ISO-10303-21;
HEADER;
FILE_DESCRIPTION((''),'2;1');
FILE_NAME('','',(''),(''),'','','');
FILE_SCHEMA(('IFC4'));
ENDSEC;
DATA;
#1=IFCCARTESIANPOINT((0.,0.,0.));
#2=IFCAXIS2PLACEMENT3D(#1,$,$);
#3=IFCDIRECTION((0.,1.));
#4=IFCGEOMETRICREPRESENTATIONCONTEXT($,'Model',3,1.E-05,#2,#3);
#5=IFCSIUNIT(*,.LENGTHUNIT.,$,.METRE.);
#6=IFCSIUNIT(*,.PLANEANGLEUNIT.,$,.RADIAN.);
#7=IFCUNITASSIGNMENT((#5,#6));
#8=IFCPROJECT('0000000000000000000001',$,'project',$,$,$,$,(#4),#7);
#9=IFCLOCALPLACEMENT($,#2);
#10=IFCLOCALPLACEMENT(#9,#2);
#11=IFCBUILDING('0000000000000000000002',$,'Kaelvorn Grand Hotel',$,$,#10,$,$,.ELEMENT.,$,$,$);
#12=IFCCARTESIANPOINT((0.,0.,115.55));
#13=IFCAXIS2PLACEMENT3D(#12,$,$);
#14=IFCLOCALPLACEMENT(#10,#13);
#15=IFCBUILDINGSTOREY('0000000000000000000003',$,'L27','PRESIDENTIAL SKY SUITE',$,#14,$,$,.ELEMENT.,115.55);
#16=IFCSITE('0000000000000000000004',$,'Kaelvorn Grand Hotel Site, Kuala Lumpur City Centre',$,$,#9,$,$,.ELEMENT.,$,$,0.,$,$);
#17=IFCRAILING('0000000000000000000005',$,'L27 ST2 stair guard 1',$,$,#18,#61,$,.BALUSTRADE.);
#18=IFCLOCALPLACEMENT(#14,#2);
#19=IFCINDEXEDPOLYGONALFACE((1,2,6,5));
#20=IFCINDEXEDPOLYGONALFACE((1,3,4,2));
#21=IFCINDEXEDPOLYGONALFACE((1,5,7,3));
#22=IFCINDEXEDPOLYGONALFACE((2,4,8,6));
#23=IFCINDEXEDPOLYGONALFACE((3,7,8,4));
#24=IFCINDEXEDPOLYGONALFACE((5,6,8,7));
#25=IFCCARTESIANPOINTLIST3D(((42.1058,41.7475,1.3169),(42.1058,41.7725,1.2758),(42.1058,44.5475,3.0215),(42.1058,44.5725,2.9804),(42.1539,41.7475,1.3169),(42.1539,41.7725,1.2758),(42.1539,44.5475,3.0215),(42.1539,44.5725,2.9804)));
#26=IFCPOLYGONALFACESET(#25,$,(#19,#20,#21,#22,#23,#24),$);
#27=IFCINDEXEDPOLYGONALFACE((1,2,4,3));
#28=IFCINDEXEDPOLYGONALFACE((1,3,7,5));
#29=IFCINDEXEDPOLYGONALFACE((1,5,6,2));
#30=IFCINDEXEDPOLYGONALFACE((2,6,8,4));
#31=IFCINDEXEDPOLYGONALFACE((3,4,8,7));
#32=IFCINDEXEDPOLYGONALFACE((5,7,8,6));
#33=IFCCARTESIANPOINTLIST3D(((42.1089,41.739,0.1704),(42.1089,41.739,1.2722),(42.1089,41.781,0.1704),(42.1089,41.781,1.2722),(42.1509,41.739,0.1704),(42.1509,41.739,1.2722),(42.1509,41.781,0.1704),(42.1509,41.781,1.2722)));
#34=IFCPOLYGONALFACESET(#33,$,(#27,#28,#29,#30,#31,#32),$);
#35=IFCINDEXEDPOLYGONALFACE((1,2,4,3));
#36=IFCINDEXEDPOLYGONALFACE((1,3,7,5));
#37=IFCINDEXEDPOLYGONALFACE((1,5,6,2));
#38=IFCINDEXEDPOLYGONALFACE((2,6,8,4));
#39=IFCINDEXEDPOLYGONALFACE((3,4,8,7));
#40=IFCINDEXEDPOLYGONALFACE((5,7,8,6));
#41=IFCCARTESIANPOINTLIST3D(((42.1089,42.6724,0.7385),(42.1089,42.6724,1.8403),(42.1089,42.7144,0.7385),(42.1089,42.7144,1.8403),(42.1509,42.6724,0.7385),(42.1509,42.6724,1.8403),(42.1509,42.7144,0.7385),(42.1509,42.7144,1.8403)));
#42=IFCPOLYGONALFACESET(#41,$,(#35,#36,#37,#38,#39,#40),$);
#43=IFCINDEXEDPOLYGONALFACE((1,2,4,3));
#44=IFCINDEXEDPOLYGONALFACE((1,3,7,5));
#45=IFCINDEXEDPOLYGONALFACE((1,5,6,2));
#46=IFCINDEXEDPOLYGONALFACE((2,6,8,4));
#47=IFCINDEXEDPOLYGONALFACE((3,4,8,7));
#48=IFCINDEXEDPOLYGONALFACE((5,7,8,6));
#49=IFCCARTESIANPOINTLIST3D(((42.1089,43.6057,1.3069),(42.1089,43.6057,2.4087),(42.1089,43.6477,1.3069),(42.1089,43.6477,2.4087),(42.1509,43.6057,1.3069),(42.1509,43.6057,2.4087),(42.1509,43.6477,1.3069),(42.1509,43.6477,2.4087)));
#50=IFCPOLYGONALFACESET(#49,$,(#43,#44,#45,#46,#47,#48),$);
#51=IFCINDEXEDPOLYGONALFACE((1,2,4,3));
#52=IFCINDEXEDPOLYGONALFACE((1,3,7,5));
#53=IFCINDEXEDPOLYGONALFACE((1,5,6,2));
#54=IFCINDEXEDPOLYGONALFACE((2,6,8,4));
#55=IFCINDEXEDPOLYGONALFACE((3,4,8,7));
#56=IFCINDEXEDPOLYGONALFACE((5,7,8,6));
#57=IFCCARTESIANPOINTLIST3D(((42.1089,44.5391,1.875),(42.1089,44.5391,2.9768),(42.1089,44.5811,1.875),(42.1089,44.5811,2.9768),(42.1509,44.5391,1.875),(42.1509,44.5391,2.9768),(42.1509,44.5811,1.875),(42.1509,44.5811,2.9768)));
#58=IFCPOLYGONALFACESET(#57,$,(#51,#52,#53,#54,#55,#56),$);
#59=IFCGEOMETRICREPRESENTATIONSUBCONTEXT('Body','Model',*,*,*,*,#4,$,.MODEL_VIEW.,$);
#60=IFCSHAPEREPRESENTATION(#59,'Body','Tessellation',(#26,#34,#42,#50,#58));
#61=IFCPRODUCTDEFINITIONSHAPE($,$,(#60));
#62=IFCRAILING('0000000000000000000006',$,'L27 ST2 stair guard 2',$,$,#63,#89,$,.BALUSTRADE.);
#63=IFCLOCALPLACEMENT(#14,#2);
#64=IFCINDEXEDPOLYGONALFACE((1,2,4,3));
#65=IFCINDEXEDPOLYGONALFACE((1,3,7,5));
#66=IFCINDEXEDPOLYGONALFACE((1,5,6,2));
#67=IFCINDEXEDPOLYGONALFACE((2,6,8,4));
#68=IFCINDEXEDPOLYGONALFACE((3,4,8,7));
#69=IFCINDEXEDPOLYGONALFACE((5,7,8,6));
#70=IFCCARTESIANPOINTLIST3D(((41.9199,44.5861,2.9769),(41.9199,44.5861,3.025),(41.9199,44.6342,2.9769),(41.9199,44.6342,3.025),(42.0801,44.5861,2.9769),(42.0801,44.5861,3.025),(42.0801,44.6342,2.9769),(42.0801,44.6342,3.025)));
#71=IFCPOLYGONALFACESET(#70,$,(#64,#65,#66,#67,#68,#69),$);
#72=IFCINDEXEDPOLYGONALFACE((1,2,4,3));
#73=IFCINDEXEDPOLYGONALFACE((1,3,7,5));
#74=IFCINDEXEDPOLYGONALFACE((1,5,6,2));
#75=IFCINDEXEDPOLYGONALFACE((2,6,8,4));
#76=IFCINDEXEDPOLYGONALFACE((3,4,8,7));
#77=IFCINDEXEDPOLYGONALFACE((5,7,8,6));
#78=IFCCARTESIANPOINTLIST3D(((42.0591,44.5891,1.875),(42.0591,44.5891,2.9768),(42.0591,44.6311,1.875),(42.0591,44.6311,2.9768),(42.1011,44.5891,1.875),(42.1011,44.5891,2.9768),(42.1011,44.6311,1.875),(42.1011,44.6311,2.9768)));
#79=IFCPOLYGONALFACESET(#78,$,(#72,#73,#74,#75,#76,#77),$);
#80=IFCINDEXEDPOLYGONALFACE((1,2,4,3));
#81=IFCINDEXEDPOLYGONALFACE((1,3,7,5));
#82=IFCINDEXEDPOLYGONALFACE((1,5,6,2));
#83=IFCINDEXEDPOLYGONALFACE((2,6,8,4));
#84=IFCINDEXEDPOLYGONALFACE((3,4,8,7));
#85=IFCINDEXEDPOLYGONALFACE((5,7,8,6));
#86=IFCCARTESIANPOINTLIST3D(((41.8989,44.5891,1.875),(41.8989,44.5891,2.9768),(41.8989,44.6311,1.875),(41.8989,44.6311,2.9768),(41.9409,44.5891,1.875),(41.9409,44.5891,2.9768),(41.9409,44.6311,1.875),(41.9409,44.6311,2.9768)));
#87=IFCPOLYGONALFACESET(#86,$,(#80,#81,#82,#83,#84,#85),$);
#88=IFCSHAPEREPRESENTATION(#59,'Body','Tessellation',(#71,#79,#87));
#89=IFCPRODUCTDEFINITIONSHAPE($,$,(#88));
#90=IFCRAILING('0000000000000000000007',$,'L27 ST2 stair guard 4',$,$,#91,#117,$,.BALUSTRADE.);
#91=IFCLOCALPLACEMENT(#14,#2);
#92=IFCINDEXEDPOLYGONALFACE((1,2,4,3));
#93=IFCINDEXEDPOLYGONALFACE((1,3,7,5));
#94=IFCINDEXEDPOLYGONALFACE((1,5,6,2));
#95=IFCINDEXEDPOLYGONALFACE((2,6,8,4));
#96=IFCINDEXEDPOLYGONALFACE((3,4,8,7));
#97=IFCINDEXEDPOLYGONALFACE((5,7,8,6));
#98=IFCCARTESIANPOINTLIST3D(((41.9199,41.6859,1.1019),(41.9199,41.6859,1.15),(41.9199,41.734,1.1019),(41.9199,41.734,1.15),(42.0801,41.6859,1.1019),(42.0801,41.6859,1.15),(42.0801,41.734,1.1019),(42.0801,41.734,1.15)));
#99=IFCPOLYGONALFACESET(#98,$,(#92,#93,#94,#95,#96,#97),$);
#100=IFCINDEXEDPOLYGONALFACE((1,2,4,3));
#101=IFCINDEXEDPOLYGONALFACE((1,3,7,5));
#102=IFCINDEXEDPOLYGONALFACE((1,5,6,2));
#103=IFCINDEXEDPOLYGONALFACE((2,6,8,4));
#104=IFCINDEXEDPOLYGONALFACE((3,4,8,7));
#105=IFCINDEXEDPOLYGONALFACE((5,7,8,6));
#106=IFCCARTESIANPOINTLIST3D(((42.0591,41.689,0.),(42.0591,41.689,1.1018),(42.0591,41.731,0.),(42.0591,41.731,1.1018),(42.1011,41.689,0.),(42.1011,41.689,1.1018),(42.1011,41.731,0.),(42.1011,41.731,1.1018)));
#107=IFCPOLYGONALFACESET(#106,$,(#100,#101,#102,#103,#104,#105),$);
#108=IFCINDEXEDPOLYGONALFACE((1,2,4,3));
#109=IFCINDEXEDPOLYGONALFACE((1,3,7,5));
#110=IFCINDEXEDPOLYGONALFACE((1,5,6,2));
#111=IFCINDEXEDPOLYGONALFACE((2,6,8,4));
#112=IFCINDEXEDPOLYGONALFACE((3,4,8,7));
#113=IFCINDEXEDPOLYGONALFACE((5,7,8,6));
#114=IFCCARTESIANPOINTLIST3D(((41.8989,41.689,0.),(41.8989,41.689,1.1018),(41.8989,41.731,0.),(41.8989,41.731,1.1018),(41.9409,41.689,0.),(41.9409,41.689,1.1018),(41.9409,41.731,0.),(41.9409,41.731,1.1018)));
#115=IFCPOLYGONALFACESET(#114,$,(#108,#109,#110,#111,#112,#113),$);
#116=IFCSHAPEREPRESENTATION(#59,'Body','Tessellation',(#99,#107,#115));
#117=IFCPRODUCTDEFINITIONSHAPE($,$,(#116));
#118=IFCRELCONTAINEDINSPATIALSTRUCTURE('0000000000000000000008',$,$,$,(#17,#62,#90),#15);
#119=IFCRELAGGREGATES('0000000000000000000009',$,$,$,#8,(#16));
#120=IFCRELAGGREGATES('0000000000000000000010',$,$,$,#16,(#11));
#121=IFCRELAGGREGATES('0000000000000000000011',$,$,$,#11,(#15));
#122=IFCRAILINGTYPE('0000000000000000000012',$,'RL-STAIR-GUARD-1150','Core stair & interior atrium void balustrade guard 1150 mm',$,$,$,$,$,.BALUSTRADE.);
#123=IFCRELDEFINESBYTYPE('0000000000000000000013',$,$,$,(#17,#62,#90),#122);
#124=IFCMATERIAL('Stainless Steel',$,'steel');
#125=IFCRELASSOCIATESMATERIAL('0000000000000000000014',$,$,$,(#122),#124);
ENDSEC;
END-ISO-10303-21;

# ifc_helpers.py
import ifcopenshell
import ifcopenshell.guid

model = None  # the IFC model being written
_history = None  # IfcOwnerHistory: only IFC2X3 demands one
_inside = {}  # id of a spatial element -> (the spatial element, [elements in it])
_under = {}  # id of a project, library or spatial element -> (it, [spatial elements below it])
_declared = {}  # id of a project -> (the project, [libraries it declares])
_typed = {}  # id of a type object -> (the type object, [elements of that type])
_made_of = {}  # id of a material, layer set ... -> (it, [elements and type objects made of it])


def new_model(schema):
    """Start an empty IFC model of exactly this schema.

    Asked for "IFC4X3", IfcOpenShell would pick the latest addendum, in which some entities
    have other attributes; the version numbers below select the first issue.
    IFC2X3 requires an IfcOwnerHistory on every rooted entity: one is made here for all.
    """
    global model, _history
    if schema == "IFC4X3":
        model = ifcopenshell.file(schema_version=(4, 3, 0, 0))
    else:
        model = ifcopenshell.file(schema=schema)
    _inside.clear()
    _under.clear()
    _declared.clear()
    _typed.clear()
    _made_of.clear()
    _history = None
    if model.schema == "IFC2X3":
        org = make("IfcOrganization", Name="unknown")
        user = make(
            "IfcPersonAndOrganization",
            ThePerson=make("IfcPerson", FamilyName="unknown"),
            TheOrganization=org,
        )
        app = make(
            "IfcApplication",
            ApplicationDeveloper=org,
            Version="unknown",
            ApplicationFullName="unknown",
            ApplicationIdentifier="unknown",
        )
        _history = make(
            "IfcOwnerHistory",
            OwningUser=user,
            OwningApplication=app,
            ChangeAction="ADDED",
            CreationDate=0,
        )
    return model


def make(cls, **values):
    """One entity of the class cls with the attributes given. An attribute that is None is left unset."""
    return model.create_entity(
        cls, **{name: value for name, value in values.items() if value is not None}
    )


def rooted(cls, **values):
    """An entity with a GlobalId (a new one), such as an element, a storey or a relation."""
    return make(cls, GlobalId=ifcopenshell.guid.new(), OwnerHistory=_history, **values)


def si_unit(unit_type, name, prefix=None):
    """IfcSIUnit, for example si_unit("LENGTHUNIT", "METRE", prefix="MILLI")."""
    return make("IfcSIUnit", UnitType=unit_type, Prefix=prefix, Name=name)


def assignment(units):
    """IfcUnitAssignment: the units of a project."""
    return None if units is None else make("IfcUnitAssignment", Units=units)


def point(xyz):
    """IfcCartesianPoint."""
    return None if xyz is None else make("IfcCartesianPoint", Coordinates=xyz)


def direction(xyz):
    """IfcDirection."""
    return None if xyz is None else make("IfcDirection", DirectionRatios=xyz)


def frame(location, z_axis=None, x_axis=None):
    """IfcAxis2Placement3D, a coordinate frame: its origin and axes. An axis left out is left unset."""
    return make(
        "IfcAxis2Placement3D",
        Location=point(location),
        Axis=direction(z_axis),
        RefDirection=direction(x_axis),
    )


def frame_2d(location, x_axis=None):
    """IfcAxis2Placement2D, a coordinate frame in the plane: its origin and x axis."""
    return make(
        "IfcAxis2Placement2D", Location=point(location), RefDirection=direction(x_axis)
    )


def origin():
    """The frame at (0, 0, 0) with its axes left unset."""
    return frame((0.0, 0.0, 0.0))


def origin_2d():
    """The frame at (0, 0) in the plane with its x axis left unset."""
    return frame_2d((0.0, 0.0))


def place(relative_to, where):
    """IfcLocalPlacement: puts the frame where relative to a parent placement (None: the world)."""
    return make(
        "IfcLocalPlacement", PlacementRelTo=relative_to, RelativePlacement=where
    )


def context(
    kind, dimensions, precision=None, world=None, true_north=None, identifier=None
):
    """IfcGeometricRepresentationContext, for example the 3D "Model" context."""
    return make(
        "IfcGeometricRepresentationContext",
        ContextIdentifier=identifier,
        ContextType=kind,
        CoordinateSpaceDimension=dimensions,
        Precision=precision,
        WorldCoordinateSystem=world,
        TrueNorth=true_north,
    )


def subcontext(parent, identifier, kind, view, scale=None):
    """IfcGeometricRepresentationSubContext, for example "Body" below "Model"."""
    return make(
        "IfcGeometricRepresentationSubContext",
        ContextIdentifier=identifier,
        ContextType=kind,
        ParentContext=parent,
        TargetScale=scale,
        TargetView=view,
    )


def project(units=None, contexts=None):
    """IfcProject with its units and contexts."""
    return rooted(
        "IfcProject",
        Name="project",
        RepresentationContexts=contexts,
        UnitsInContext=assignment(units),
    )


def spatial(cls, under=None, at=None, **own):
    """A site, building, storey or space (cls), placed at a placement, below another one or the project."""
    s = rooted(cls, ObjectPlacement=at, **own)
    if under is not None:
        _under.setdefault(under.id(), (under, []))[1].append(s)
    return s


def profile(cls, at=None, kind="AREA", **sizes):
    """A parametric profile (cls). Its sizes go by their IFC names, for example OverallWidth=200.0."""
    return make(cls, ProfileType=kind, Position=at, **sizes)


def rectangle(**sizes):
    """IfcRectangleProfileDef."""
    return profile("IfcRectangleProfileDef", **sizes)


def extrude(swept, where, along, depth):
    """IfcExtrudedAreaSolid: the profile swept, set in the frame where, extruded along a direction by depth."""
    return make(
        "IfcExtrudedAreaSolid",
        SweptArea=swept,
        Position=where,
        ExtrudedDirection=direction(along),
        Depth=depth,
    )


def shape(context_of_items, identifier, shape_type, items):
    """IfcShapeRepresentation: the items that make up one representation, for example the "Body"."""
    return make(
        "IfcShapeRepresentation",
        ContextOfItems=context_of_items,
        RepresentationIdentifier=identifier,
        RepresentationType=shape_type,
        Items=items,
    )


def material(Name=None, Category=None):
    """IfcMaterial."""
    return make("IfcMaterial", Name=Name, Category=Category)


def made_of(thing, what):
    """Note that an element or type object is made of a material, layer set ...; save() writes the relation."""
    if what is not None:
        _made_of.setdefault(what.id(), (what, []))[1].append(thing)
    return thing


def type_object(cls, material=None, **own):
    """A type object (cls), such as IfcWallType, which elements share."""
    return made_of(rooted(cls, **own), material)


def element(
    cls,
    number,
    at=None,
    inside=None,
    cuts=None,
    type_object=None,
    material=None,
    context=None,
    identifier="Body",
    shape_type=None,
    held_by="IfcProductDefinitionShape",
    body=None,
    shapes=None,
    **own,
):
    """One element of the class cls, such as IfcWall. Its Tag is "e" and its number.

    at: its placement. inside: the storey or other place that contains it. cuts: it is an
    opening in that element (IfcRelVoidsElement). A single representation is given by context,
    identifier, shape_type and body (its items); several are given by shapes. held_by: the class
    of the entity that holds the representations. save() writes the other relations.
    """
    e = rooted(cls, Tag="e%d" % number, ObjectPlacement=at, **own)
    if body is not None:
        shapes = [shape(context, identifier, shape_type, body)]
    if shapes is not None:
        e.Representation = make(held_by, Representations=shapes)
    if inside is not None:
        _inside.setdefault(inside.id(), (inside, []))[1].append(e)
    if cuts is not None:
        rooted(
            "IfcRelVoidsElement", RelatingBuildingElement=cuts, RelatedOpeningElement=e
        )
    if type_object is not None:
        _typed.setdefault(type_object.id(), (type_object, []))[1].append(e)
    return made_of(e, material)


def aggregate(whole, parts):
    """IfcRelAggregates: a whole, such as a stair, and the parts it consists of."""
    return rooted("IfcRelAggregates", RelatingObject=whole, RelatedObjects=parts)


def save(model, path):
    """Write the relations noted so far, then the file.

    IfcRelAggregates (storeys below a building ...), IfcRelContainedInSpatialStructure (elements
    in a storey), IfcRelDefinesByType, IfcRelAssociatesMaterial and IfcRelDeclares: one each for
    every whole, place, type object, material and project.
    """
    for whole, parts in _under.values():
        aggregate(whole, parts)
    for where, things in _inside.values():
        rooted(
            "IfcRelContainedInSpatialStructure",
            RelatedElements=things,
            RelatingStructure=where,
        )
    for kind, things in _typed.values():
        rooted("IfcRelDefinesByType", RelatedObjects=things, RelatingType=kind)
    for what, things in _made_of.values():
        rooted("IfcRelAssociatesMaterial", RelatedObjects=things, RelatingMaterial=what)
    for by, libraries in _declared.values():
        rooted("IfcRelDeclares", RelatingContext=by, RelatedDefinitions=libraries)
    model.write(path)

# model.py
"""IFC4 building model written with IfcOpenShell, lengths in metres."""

from ifc_helpers import new_model, si_unit, direction, frame, origin, origin_2d, place, context, subcontext, project, spatial, rectangle, extrude, material, type_object, element, save


model = new_model("IFC4")

# Units and contexts
model_context = context("Model", 3, precision=1e-05, world=origin(), true_north=direction((0.0, 1.0)))
body_context = subcontext(model_context, "Body", "Model", "MODEL_VIEW")
ifc_project = project(units=[si_unit("LENGTHUNIT", "METRE"), si_unit("PLANEANGLEUNIT", "RADIAN")], contexts=[model_context])

# Site, building, storey
site_placement = place(None, origin())
site = spatial("IfcSite", under=ifc_project, at=site_placement, Name="Kaelvorn Grand Hotel Site, Kuala Lumpur City Centre", CompositionType="ELEMENT", RefElevation=0.0)
building_placement = place(site_placement, origin())
building = spatial("IfcBuilding", under=site, at=building_placement, Name="Kaelvorn Grand Hotel", CompositionType="ELEMENT")
storey_placement = place(building_placement, frame((0.0, 0.0, 115.55)))
storey = spatial("IfcBuildingStorey", under=building, at=storey_placement, Name="L27", Description="PRESIDENTIAL SKY SUITE", CompositionType="ELEMENT", Elevation=115.55)

# Railings
ifc_material_1 = material(Name="Stainless Steel", Category="steel")
railing_type_1 = type_object("IfcRailingType", Name="RL-STAIR-GUARD-1150", Description="Core stair & interior atrium void balustrade guard 1150 mm", PredefinedType="BALUSTRADE", material=ifc_material_1)
railing_1_placement = place(storey_placement, frame((42.1299, 41.76, 0.1704)))
element("IfcRailing", 1, at=railing_1_placement, inside=storey, type_object=railing_type_1, Name="L27 ST2 stair guard 1", PredefinedType="BALUSTRADE", context=body_context, shape_type="SweptSolid", body=[
    extrude(rectangle(XDim=0.0481, YDim=0.0481, at=origin_2d()), frame((0.0, 0.0, 1.126), z_axis=(0.0, 0.85417, 0.519994), x_axis=(-1.0, 0.0, 0.0)), (0.0, 0.0, 1.0), 3.2781),
    extrude(rectangle(XDim=0.042, YDim=0.042, at=origin_2d()), origin(), (0.0, 0.0, 1.0), 1.1018),
    extrude(rectangle(XDim=0.042, YDim=0.042, at=origin_2d()), frame((0.0, 0.9333, 0.5681)), (0.0, 0.0, 1.0), 1.1018),
    extrude(rectangle(XDim=0.042, YDim=0.042, at=origin_2d()), frame((0.0, 1.8667, 1.1365)), (0.0, 0.0, 1.0), 1.1018),
    extrude(rectangle(XDim=0.042, YDim=0.042, at=origin_2d()), frame((0.0, 2.8, 1.7046)), (0.0, 0.0, 1.0), 1.1018),
])
for number, where, name in (
    (2, (42.0801, 44.6101, 1.875), "L27 ST2 stair guard 2"),
    (3, (42.0801, 41.71, 0.0), "L27 ST2 stair guard 4"),
):
    element("IfcRailing", number, at=place(storey_placement, frame(where)), inside=storey, type_object=railing_type_1, Name=name, PredefinedType="BALUSTRADE", context=body_context, shape_type="SweptSolid", body=[
        extrude(rectangle(XDim=0.0481, YDim=0.0481, at=origin_2d()), frame((0.0, 0.0, 1.126), z_axis=(-1.0, 0.0, 0.0), x_axis=(0.0, -1.0, 0.0)), (0.0, 0.0, 1.0), 0.1602),
        extrude(rectangle(XDim=0.042, YDim=0.042, at=origin_2d()), origin(), (0.0, 0.0, 1.0), 1.1018),
        extrude(rectangle(XDim=0.042, YDim=0.042, at=origin_2d()), frame((-0.1602, 0.0, 0.0)), (0.0, 0.0, 1.0), 1.1018),
    ])

save(model, "model.ifc")
